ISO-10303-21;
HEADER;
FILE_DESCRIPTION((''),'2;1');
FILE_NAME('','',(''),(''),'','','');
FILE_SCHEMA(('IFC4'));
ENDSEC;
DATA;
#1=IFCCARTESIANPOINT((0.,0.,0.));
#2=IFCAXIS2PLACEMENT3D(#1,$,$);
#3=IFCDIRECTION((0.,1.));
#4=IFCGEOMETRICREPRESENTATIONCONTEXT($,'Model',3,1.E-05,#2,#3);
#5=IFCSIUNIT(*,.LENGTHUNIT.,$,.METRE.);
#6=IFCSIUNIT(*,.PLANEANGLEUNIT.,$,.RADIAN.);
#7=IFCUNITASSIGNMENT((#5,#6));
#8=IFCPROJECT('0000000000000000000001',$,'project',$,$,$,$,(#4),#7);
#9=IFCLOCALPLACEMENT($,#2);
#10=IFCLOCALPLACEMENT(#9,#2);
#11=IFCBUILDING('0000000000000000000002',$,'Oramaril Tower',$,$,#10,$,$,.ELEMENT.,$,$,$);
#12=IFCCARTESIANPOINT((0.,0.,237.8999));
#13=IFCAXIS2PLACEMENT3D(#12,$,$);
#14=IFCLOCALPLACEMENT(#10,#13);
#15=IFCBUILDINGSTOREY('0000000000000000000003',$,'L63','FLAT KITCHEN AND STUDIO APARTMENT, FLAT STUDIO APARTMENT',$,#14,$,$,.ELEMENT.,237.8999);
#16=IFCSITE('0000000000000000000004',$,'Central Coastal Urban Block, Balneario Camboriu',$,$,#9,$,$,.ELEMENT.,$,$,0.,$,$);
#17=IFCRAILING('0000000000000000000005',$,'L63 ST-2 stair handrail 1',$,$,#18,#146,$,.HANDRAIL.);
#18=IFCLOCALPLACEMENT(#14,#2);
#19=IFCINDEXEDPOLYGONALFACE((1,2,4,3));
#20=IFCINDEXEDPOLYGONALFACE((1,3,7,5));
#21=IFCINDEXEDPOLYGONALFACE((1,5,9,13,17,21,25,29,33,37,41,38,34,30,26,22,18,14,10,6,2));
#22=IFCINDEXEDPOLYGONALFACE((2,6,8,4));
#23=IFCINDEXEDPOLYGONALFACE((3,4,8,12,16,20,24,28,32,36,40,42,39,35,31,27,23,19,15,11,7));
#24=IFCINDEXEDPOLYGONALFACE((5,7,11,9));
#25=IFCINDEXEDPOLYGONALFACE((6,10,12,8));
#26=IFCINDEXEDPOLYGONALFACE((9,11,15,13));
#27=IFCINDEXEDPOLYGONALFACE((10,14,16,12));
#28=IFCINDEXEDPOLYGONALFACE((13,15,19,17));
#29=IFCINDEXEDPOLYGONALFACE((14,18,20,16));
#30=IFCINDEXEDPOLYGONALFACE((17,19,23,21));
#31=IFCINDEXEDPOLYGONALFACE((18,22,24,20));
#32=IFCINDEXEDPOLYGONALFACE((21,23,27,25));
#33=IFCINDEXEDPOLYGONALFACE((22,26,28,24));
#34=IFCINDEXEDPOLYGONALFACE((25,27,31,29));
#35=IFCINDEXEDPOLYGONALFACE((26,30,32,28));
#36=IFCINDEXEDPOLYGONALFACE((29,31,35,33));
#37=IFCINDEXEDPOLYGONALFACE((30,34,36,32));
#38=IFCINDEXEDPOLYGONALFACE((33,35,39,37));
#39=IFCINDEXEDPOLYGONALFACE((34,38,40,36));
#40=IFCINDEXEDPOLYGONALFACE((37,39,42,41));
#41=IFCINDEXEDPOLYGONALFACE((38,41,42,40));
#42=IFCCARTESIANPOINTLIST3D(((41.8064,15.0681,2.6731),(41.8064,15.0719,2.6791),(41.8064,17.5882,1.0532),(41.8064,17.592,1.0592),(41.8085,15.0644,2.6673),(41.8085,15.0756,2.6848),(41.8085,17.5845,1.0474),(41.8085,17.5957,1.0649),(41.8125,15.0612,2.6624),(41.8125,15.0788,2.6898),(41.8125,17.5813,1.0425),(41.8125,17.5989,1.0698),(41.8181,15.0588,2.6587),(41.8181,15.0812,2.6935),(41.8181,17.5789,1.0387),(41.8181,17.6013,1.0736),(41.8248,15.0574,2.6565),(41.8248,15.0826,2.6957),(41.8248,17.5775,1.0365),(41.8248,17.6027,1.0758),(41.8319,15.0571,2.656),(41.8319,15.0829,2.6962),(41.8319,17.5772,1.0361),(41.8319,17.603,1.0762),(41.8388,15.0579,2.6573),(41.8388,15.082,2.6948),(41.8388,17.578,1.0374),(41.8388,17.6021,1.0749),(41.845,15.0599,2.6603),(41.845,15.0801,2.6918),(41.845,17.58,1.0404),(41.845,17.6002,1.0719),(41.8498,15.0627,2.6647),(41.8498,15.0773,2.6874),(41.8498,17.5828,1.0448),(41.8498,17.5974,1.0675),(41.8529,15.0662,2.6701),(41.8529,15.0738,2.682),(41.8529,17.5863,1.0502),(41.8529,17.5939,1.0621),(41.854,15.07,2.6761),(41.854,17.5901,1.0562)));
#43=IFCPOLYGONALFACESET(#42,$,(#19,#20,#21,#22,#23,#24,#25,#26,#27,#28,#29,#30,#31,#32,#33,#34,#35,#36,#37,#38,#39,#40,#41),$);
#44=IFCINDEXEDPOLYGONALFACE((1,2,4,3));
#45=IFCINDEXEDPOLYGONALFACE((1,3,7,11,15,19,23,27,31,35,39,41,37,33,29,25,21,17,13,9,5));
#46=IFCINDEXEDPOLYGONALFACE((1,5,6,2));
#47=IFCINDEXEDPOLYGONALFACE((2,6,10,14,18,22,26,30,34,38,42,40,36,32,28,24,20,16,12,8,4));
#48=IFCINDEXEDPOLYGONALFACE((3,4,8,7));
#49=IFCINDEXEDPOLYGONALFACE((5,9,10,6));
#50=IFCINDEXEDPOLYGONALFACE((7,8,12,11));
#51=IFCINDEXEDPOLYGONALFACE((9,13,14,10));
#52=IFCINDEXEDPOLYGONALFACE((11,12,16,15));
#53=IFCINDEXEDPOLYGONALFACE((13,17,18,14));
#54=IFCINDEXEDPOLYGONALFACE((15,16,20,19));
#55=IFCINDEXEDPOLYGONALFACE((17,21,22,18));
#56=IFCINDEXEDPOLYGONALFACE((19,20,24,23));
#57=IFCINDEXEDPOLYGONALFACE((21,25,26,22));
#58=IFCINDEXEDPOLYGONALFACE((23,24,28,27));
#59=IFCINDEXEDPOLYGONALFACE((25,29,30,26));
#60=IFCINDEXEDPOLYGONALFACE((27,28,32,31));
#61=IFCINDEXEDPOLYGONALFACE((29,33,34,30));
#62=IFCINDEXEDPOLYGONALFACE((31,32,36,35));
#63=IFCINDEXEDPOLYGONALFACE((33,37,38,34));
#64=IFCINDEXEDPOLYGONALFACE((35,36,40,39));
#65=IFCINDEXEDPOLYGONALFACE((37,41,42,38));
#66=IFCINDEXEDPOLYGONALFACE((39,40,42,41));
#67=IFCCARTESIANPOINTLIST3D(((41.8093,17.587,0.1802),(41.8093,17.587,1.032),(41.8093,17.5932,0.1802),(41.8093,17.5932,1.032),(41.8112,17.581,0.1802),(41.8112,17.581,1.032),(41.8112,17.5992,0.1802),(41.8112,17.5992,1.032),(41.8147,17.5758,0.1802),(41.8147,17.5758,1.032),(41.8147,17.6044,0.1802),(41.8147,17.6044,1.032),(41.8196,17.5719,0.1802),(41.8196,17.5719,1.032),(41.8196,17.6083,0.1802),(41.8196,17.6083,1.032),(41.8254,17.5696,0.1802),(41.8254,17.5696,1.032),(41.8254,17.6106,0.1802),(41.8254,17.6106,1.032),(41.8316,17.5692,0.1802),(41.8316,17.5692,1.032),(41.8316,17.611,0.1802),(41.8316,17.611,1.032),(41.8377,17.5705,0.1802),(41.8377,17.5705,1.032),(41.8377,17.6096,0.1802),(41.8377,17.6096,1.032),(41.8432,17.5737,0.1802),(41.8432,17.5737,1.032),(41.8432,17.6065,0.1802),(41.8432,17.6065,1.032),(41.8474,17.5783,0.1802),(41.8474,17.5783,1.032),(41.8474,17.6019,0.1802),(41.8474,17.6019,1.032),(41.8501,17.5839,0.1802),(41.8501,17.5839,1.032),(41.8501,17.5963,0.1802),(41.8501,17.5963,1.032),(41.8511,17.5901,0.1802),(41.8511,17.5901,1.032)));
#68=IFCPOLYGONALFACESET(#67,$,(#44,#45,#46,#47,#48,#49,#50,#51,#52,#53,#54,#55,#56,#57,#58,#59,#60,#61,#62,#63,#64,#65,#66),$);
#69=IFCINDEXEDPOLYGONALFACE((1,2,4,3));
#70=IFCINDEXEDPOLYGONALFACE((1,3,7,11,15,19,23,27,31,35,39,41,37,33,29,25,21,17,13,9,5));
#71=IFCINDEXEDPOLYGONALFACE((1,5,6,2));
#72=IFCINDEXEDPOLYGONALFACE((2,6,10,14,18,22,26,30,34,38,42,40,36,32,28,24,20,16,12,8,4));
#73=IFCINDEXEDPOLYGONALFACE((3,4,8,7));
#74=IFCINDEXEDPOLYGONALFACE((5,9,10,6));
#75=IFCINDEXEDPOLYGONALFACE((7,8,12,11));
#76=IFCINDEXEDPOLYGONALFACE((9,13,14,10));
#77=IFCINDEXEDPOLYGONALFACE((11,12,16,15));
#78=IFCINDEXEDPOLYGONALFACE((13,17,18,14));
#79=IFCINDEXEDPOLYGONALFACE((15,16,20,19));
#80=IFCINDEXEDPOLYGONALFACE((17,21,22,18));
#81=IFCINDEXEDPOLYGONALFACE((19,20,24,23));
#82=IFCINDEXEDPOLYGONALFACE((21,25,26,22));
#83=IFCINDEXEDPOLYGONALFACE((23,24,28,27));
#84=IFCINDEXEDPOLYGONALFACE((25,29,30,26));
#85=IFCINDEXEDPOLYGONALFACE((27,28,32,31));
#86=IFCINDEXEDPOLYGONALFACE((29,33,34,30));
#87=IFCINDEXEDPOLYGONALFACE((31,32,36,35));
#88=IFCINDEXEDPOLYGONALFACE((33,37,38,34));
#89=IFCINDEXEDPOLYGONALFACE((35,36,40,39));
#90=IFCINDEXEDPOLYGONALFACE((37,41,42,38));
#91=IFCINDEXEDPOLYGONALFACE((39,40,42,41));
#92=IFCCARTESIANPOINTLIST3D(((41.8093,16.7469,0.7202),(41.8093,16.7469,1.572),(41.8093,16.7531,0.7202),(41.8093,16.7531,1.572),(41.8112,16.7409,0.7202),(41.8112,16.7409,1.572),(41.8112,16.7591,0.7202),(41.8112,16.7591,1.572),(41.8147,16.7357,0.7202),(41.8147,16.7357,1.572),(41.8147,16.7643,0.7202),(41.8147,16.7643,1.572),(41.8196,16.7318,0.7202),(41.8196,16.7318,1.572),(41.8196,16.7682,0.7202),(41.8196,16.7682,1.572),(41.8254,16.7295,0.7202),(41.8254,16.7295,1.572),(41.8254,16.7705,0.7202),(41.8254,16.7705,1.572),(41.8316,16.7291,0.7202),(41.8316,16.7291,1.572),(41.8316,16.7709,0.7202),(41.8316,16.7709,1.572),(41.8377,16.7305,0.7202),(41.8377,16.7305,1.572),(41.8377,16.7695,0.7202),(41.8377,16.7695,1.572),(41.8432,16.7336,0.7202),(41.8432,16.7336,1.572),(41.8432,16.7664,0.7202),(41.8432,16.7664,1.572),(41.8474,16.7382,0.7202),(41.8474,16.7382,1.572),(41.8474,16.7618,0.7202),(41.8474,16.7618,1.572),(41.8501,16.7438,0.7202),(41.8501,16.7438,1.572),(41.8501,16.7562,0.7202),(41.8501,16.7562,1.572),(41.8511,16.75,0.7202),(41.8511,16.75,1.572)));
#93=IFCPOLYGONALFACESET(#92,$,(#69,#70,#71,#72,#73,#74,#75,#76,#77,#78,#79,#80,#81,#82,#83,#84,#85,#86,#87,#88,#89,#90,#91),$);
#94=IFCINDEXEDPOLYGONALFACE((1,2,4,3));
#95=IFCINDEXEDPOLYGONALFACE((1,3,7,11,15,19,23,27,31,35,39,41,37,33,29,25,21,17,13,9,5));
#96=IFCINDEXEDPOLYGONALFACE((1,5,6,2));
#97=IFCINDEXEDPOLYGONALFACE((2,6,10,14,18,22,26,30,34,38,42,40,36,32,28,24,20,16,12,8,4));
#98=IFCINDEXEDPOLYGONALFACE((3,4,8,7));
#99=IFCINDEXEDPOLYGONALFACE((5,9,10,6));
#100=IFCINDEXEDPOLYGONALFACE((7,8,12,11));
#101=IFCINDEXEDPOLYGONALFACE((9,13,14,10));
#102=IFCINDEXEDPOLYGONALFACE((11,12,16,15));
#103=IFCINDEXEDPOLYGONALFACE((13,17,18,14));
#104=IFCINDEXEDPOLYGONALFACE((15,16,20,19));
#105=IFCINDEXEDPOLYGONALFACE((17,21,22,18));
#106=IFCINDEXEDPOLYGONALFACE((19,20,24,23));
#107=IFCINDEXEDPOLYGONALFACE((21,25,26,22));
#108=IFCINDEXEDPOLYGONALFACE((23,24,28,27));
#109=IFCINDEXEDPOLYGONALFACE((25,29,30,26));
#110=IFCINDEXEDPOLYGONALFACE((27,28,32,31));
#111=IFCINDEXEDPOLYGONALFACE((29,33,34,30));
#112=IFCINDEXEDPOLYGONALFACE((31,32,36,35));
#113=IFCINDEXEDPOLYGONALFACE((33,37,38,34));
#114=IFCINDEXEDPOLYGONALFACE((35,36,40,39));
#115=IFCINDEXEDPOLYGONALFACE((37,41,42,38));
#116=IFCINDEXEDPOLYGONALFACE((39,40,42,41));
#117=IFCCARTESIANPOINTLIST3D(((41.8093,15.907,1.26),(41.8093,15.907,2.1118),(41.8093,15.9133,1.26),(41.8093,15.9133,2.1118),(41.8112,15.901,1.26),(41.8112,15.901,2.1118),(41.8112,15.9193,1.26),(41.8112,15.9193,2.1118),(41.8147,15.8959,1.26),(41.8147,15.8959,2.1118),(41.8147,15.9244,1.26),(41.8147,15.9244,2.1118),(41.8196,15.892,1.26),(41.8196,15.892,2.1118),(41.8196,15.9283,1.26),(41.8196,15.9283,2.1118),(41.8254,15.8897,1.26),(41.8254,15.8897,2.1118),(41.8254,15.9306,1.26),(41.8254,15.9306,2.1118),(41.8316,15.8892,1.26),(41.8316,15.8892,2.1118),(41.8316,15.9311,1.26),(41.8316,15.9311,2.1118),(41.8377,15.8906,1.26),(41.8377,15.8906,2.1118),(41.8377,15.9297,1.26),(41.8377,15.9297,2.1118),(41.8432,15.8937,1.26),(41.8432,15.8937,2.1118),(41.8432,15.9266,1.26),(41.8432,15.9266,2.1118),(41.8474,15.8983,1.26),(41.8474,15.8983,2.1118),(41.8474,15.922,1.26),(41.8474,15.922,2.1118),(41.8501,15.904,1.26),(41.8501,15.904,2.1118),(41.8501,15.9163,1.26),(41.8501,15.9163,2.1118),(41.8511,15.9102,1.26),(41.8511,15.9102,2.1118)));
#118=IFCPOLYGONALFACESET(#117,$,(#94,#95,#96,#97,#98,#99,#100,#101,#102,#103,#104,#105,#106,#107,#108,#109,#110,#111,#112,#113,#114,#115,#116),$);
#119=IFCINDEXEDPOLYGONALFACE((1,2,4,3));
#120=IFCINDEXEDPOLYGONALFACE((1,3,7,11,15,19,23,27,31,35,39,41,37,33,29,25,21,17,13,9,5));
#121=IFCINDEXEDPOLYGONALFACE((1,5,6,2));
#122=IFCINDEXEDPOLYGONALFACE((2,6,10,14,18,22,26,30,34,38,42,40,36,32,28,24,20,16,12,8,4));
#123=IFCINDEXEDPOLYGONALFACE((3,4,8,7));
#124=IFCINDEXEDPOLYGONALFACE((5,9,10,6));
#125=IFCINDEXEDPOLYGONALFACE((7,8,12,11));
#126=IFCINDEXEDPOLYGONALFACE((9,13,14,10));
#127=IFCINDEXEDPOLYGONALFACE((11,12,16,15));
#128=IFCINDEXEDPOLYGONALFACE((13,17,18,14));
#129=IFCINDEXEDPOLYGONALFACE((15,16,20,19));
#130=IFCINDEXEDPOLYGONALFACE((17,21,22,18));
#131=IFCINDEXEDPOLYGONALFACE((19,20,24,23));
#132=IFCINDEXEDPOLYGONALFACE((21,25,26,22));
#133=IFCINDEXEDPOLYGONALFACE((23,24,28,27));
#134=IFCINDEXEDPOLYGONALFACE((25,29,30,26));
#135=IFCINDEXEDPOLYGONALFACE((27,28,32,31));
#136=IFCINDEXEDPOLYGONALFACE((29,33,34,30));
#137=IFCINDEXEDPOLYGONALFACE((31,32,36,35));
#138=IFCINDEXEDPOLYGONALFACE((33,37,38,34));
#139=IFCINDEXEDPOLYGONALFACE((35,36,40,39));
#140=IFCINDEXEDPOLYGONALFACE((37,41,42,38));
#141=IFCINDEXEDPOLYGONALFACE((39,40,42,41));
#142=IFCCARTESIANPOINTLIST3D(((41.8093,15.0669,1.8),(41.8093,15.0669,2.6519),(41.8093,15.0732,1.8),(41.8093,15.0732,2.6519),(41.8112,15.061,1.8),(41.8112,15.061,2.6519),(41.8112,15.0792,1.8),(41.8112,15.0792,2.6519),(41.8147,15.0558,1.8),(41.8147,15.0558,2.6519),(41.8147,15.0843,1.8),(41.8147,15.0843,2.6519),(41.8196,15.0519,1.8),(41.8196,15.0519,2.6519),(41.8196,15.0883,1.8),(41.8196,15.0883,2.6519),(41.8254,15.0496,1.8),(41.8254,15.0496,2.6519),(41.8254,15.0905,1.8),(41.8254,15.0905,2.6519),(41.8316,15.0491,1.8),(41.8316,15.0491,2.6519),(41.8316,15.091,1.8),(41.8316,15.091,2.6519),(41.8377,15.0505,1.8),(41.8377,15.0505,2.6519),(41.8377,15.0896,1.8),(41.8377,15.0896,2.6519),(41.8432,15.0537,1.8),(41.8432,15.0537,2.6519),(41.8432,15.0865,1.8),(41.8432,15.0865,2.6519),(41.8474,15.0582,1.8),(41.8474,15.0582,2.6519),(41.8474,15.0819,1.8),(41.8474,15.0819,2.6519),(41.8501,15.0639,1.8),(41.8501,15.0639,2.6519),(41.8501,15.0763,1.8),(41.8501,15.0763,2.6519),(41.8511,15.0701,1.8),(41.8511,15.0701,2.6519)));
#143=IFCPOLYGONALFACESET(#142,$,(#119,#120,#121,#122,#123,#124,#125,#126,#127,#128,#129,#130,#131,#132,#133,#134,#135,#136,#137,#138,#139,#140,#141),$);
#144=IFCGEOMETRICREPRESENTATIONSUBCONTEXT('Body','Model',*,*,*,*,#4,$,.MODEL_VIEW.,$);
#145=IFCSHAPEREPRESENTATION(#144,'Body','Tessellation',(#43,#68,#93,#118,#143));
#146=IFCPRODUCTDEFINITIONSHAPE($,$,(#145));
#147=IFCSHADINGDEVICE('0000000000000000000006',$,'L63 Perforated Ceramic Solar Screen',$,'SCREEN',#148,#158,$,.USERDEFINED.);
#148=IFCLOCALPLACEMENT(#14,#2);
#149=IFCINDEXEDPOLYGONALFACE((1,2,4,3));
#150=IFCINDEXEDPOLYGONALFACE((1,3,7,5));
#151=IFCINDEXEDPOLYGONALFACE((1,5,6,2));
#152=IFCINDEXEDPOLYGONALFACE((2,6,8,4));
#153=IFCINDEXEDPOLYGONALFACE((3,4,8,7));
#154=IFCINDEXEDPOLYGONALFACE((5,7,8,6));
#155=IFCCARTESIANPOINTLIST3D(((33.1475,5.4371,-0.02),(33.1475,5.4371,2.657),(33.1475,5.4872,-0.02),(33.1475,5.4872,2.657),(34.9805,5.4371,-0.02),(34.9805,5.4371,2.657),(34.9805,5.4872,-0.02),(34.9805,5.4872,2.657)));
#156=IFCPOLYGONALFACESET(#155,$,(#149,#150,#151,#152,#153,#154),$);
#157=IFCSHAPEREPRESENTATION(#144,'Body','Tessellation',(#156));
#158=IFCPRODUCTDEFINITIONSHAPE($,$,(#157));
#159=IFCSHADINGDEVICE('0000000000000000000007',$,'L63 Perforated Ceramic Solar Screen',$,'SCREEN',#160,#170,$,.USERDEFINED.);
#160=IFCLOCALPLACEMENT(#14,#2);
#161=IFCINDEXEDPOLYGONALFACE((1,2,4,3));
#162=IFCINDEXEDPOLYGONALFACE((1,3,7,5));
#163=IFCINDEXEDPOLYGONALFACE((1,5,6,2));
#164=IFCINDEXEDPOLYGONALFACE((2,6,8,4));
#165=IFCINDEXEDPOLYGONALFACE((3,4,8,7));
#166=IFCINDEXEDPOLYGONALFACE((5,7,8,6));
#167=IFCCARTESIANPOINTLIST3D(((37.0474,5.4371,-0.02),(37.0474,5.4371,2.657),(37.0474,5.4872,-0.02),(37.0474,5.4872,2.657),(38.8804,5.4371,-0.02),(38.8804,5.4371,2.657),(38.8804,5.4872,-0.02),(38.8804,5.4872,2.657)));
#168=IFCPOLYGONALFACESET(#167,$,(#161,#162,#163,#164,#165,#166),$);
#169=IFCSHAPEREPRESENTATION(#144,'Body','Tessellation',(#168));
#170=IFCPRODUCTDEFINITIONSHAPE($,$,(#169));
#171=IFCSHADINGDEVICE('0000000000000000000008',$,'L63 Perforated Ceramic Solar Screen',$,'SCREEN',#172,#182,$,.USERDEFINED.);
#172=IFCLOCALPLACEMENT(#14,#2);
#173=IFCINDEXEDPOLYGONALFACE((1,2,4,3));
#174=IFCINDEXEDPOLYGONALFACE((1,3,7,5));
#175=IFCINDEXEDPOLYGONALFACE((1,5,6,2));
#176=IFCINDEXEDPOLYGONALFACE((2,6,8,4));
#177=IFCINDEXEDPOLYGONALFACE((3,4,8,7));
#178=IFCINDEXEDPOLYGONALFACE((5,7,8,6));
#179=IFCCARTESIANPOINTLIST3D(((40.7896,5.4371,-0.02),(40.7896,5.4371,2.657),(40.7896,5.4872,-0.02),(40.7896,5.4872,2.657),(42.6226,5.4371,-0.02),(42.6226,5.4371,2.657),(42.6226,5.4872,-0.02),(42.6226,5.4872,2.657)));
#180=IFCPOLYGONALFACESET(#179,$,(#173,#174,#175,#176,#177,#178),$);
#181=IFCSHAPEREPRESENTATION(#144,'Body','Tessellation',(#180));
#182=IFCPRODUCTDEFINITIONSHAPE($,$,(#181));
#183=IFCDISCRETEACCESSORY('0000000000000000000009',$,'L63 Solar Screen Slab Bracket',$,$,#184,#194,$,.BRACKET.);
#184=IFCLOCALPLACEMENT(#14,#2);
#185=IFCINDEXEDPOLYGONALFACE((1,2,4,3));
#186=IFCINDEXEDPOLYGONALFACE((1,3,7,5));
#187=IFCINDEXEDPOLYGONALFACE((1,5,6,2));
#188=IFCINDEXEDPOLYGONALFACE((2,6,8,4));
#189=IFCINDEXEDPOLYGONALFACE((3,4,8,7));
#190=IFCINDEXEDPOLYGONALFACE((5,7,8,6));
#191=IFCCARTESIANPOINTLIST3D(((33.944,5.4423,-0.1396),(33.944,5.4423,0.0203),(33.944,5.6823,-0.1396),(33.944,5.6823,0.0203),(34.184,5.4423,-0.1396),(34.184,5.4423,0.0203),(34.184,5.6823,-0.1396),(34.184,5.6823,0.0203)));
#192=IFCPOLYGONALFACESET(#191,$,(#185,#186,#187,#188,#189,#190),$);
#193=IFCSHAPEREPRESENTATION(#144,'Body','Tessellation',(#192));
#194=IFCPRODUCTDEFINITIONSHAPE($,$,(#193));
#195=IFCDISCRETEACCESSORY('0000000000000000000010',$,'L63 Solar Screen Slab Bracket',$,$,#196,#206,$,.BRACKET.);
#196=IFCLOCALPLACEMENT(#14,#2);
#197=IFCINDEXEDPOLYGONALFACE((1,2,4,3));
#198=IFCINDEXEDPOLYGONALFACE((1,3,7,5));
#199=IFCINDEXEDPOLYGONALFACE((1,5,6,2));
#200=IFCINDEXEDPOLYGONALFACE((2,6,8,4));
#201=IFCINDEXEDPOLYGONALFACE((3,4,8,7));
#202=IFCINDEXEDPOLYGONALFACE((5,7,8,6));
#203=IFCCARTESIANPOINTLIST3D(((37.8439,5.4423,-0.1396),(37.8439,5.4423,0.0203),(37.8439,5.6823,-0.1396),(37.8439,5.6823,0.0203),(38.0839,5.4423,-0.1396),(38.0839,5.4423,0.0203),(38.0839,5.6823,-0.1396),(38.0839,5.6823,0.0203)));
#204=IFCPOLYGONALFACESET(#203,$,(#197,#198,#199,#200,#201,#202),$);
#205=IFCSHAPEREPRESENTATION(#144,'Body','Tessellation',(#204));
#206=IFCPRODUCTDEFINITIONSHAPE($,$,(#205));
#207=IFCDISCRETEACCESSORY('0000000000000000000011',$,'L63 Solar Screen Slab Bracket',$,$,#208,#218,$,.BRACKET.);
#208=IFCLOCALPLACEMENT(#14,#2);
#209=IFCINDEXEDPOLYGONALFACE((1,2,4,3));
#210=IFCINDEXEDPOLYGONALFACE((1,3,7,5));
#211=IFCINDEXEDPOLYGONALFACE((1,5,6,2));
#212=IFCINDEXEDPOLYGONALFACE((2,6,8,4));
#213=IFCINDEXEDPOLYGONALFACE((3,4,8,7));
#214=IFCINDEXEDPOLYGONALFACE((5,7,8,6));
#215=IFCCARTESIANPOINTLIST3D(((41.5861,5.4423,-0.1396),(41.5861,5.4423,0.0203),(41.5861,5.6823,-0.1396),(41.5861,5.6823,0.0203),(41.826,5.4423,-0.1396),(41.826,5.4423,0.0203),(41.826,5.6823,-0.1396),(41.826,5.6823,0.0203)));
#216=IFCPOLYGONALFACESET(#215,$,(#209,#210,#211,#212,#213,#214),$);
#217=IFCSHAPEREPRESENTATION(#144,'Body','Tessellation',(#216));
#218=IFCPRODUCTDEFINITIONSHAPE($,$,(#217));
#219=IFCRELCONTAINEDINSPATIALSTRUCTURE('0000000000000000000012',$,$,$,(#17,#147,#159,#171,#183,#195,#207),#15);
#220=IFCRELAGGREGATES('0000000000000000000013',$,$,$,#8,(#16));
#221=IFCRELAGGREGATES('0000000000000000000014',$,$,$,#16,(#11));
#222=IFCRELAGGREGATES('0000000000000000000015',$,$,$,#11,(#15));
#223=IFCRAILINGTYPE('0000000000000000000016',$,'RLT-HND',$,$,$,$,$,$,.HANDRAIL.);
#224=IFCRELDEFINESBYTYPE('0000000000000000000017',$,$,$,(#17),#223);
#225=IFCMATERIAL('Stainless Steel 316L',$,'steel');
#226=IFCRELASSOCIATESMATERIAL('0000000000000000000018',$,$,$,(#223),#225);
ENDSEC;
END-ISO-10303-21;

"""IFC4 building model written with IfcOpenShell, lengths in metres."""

from ifc_helpers import new_model, si_unit, direction, frame, origin, origin_2d, place, context, subcontext, project, spatial, rectangle, circle, extrude, material, type_object, element, save


model = new_model("IFC4")

# Units and contexts
model_context = context("Model", 3, precision=1e-05, world=origin(), true_north=direction((0.0, 1.0)))
body_context = subcontext(model_context, "Body", "Model", "MODEL_VIEW")
ifc_project = project(units=[si_unit("LENGTHUNIT", "METRE"), si_unit("PLANEANGLEUNIT", "RADIAN")], contexts=[model_context])

# Site, building, storey
site_placement = place(None, origin())
site = spatial("IfcSite", under=ifc_project, at=site_placement, Name="Central Coastal Urban Block, Balneario Camboriu", CompositionType="ELEMENT", RefElevation=0.0)
building_placement = place(site_placement, origin())
building = spatial("IfcBuilding", under=site, at=building_placement, Name="Oramaril Tower", CompositionType="ELEMENT")
storey_placement = place(building_placement, frame((0.0, 0.0, 237.8999)))
storey = spatial("IfcBuildingStorey", under=building, at=storey_placement, Name="L63", Description="FLAT KITCHEN AND STUDIO APARTMENT, FLAT STUDIO APARTMENT", CompositionType="ELEMENT", Elevation=237.8999)

# Railing
ifc_material_1 = material(Name="Stainless Steel 316L", Category="steel")
railing_type = type_object("IfcRailingType", Name="RLT-HND", PredefinedType="HANDRAIL", material=ifc_material_1)
railing_placement = place(storey_placement, frame((41.8301, 17.5901, 0.1802)))
element("IfcRailing", 1, at=railing_placement, inside=storey, type_object=railing_type, Name="L63 ST-2 stair handrail 1", PredefinedType="HANDRAIL", context=body_context, shape_type="SweptSolid", body=[
    extrude(circle(Radius=0.0239, at=origin_2d()), frame((0.0, 0.0, 0.876), z_axis=(0.0, -0.8412, 0.540725), x_axis=(1.0, 0.0, 0.0)), (0.0, 0.0, 1.0), 2.9958),
    extrude(circle(Radius=0.021, at=origin_2d()), origin(), (0.0, 0.0, 1.0), 0.8518),
    extrude(circle(Radius=0.021, at=origin_2d()), frame((0.0, -0.8401, 0.54)), (0.0, 0.0, 1.0), 0.8518),
    extrude(circle(Radius=0.021, at=origin_2d()), frame((0.0, -1.6799, 1.0798)), (0.0, 0.0, 1.0), 0.8518),
    extrude(circle(Radius=0.021, at=origin_2d()), frame((0.0, -2.52, 1.6199)), (0.0, 0.0, 1.0), 0.8518),
])

# Shading devices
for number, where, z_axis, x_axis, name in (
    (2, (34.064, 5.4622, -0.02), (0.0, 0.0, 1.0), (1.0, 0.0, 0.0), "L63 Perforated Ceramic Solar Screen"),
    (3, (37.9639, 5.4622, -0.02), (0.0, 0.0, 1.0), (1.0, 0.0, 0.0), "L63 Perforated Ceramic Solar Screen"),
    (4, (41.7061, 5.4622, -0.02), (0.0, 0.0, 1.0), (1.0, 0.0, 0.0), "L63 Perforated Ceramic Solar Screen"),
):
    element("IfcShadingDevice", number, at=place(storey_placement, frame(where, z_axis=z_axis, x_axis=x_axis)), inside=storey, Name=name, ObjectType="SCREEN", PredefinedType="USERDEFINED", context=body_context, shape_type="SweptSolid", body=[
        extrude(rectangle(XDim=1.833, YDim=0.05, at=origin_2d()), origin(), (0.0, 0.0, 1.0), 2.677),
    ])

# Discrete accessories
for number, where, z_axis, x_axis, name in (
    (5, (34.064, 5.5623, -0.1396), (0.0, 0.0, 1.0), (1.0, 0.0, 0.0), "L63 Solar Screen Slab Bracket"),
    (6, (37.9639, 5.5623, -0.1396), (0.0, 0.0, 1.0), (1.0, 0.0, 0.0), "L63 Solar Screen Slab Bracket"),
    (7, (41.7061, 5.5623, -0.1396), (0.0, 0.0, 1.0), (1.0, 0.0, 0.0), "L63 Solar Screen Slab Bracket"),
):
    element("IfcDiscreteAccessory", number, at=place(storey_placement, frame(where, z_axis=z_axis, x_axis=x_axis)), inside=storey, Name=name, PredefinedType="BRACKET", context=body_context, shape_type="SweptSolid", body=[
        extrude(rectangle(XDim=0.24, YDim=0.24, at=origin_2d()), origin(), (0.0, 0.0, 1.0), 0.1599),
    ])

save(model, "model.ifc")
